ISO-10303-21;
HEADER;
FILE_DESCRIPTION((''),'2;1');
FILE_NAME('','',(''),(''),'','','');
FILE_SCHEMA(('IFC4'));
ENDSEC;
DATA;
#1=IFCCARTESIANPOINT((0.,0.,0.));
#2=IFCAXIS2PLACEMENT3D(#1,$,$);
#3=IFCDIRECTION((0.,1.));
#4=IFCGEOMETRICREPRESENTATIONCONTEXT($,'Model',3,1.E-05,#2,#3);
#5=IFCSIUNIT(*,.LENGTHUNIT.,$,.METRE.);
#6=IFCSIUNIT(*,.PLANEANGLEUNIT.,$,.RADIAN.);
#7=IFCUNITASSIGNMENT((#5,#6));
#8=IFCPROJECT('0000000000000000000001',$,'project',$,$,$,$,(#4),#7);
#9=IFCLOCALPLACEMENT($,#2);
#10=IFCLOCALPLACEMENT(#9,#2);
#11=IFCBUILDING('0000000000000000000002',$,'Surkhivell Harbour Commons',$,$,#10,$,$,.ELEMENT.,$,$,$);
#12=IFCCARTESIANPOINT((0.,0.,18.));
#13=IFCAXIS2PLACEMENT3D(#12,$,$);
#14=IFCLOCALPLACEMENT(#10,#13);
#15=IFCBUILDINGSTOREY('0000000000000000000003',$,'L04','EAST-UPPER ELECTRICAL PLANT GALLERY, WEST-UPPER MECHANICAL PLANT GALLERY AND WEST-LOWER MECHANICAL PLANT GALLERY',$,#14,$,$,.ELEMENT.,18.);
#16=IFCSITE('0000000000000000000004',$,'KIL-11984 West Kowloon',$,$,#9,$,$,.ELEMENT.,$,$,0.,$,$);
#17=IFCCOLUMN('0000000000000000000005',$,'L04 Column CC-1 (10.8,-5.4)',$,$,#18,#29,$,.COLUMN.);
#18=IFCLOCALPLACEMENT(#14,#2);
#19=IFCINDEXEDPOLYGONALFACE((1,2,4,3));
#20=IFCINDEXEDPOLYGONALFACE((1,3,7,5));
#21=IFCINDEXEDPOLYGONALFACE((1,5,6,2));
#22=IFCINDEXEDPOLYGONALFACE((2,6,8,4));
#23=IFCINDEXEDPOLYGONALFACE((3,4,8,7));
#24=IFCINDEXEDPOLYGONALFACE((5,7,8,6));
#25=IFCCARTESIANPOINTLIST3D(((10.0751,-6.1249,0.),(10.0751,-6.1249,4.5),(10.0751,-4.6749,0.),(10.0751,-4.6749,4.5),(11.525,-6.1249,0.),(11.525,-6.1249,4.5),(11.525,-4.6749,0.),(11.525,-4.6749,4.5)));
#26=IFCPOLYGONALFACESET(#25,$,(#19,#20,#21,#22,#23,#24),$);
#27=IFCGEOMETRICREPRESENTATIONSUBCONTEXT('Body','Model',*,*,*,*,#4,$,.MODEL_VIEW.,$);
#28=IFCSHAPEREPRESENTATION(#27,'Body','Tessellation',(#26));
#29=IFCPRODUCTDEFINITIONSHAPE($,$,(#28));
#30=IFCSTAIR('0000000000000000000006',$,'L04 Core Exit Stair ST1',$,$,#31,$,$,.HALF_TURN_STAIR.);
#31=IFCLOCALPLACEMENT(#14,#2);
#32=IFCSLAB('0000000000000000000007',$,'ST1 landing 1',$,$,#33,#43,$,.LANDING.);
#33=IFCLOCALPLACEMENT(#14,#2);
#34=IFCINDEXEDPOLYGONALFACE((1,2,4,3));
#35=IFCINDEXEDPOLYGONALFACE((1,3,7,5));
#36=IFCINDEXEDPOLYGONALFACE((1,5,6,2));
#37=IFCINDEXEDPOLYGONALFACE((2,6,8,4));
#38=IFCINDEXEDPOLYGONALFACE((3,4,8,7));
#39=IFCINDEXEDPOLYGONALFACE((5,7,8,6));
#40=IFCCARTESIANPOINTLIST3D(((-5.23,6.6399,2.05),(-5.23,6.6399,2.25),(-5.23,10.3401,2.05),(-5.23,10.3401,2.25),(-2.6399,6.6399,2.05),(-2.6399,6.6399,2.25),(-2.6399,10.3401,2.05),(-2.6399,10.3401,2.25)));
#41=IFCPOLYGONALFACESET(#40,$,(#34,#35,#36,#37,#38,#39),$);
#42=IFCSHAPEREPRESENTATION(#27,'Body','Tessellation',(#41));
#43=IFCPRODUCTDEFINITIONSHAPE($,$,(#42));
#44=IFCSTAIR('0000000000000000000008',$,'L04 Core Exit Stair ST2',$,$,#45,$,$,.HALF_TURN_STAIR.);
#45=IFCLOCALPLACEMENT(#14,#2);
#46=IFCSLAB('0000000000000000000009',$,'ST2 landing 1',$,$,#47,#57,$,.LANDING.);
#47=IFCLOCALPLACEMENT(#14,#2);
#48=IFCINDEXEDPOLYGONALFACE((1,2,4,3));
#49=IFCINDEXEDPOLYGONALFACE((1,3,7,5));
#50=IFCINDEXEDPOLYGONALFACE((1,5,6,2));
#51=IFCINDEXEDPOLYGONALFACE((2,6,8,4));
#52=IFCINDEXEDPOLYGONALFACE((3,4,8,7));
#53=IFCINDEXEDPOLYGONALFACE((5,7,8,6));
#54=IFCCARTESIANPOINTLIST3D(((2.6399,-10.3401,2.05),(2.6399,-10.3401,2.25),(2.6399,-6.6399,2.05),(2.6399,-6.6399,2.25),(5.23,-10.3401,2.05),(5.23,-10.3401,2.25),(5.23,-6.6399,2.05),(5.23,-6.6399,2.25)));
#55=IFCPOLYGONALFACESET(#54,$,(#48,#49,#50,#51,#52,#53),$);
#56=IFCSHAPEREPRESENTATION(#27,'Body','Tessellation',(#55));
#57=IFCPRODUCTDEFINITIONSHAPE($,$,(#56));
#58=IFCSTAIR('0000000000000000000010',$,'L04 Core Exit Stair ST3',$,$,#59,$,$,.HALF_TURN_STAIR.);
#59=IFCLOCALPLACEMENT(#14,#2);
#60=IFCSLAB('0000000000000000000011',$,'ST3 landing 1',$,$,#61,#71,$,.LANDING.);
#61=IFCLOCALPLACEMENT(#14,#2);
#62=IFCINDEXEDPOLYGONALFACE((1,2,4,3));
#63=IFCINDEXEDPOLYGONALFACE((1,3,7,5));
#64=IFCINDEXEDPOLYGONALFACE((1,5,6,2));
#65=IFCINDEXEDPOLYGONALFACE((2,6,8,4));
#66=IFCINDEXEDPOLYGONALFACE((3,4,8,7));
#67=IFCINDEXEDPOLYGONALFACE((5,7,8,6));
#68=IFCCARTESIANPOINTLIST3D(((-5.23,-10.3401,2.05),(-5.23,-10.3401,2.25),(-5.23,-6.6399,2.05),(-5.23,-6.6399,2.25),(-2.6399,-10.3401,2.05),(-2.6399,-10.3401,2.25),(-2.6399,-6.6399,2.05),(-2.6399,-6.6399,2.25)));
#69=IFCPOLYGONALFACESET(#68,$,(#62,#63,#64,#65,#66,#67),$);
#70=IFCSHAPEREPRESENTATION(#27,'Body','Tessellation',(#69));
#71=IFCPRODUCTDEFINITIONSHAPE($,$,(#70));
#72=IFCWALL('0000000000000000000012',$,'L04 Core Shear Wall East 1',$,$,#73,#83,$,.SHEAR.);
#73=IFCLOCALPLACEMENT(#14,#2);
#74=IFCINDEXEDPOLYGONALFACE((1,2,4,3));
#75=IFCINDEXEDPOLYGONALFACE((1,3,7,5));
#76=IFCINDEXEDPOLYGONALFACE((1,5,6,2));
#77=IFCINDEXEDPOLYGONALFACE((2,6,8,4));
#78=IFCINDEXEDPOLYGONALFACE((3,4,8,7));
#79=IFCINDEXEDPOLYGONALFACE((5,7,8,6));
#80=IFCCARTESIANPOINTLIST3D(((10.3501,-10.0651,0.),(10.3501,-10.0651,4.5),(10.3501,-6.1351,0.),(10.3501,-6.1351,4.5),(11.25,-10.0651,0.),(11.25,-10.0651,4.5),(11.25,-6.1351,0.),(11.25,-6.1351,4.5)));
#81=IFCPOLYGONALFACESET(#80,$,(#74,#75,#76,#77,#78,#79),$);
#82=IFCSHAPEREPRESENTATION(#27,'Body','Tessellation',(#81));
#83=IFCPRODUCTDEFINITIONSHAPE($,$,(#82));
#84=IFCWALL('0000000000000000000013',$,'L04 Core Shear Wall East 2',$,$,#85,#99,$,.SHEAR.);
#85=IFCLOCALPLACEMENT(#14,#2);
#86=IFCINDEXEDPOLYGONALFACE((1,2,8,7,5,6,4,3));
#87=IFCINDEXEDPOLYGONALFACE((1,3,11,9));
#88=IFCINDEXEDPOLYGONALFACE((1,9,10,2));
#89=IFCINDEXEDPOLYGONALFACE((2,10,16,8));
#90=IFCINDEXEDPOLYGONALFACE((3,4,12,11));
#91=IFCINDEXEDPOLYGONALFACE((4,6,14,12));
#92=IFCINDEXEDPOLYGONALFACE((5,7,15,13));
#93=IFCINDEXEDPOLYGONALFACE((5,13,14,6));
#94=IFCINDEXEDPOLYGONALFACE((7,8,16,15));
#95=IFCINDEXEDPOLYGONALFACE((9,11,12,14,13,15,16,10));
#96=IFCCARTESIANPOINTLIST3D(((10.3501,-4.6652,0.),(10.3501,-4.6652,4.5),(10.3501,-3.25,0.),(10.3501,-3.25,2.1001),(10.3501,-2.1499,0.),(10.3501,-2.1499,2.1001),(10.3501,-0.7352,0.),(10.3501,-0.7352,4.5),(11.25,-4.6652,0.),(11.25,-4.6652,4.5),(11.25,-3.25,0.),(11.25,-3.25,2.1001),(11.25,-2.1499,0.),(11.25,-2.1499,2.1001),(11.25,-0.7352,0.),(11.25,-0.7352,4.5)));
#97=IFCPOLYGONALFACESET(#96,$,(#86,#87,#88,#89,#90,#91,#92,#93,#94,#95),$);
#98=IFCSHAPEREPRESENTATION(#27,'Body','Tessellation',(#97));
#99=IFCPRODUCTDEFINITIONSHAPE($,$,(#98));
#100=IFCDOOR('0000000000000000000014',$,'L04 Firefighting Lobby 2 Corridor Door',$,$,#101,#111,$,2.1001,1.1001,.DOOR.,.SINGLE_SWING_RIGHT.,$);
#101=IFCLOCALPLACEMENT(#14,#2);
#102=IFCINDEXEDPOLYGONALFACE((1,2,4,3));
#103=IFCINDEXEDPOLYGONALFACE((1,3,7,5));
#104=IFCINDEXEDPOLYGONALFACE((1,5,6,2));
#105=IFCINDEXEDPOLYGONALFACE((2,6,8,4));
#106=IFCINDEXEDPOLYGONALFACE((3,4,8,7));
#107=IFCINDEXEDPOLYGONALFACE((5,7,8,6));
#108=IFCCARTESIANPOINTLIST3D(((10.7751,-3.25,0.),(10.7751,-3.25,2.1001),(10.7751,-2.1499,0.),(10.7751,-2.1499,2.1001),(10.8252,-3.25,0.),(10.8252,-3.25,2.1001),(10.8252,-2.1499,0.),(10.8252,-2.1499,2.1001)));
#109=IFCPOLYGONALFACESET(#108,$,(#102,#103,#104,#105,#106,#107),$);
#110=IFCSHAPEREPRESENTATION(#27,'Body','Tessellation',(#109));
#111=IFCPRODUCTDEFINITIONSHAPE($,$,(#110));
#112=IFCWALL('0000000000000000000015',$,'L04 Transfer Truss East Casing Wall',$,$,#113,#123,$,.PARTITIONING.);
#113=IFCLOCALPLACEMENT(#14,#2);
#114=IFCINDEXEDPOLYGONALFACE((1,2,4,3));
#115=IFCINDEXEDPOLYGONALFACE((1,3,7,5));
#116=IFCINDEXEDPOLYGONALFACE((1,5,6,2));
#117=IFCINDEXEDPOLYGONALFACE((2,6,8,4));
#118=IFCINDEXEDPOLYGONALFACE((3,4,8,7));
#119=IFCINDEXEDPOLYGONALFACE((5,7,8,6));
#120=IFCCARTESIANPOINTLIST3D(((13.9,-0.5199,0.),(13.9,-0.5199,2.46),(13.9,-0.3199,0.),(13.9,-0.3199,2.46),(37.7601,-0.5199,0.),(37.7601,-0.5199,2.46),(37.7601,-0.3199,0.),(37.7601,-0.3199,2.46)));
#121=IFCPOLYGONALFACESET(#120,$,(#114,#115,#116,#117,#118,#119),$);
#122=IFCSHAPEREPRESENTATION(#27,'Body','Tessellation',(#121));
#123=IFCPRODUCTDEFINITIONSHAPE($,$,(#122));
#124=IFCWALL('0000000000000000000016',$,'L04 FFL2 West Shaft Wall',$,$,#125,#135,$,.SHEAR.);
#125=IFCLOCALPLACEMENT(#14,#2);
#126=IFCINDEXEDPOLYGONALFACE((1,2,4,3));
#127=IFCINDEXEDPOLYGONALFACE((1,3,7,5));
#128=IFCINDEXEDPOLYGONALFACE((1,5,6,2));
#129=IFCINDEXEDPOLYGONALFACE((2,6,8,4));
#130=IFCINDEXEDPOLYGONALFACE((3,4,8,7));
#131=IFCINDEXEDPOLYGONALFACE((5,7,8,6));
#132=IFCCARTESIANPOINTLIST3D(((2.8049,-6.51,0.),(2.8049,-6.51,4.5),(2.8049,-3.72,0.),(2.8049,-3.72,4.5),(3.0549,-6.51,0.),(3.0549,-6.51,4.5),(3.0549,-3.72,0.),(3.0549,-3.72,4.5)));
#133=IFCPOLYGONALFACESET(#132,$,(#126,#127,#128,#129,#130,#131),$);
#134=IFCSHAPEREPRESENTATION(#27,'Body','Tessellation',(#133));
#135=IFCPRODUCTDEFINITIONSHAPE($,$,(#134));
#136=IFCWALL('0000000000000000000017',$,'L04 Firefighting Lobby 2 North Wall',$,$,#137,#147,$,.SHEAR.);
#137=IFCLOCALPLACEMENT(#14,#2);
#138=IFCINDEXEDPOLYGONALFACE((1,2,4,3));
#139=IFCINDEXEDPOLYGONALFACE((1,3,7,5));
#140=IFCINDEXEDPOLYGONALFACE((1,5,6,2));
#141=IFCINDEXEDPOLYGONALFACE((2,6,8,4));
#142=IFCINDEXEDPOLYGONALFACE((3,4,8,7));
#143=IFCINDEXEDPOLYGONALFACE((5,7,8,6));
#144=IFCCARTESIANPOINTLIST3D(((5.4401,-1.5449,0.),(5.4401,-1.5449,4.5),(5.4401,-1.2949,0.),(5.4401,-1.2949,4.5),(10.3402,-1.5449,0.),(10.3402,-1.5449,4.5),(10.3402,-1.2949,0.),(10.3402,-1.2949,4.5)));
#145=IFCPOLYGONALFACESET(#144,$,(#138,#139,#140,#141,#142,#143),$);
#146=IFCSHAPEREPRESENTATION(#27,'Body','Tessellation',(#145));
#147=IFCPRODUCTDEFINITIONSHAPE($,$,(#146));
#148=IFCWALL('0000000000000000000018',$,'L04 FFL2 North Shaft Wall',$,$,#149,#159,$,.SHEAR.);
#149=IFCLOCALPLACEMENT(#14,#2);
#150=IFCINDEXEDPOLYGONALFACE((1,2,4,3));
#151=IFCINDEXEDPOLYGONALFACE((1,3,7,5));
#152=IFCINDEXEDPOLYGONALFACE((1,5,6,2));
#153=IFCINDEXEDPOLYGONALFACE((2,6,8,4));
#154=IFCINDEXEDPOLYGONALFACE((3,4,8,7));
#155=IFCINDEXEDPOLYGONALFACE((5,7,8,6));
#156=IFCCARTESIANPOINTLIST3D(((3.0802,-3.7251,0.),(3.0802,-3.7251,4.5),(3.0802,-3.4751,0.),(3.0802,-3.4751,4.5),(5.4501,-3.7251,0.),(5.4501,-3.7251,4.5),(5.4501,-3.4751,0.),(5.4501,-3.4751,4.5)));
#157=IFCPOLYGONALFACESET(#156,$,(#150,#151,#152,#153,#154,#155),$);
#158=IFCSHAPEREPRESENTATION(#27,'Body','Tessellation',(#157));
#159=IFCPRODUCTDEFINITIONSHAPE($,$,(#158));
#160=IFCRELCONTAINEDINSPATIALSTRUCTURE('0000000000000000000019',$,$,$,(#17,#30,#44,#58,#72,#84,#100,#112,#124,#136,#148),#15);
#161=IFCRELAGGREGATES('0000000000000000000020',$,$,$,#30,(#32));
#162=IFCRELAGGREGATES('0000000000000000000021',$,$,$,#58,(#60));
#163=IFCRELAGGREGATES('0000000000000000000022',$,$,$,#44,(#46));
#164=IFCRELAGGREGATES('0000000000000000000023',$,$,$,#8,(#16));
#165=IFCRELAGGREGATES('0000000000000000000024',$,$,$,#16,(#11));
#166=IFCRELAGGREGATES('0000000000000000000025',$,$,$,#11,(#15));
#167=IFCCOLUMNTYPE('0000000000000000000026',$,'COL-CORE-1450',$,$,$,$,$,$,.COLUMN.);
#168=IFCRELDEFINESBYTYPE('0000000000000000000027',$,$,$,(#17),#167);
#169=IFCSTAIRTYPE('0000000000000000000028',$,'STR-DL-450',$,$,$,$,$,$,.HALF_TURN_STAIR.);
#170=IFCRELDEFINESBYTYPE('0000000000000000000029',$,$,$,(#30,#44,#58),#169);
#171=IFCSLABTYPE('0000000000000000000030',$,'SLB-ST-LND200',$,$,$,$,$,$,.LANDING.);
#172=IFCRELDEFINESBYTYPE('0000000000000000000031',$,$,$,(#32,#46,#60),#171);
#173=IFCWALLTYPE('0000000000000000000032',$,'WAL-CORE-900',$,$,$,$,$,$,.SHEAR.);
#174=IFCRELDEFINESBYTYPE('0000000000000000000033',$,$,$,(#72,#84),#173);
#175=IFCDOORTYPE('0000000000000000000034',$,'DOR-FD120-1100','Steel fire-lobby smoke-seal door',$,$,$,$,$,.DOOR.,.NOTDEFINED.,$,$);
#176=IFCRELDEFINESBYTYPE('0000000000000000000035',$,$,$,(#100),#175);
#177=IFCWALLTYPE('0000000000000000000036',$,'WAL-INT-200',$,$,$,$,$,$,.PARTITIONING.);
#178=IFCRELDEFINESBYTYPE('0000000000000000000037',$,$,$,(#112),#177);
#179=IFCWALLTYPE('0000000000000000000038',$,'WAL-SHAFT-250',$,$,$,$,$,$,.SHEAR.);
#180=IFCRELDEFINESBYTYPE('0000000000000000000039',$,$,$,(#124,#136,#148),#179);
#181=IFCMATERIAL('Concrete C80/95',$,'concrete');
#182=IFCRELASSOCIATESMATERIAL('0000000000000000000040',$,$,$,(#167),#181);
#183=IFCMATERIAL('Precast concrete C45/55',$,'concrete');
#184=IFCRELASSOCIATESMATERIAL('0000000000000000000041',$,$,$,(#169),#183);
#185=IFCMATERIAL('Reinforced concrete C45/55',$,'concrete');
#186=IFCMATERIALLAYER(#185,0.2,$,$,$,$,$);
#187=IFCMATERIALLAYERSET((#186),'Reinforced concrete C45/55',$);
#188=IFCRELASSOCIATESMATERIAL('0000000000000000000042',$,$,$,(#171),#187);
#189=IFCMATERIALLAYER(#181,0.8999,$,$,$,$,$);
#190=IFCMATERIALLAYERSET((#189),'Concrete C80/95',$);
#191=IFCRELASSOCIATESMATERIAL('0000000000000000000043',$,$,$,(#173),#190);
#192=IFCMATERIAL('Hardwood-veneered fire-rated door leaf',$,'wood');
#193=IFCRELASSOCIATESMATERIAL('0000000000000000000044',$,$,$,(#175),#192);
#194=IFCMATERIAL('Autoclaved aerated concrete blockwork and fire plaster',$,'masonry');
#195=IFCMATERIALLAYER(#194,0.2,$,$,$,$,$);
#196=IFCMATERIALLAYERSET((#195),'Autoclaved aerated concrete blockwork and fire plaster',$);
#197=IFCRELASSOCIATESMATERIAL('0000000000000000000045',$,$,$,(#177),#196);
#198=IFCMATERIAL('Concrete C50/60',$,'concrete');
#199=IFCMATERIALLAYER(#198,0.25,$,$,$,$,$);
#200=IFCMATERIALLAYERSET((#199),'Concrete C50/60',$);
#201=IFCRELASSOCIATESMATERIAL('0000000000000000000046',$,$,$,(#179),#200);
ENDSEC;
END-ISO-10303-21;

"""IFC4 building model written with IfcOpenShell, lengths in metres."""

from ifc_helpers import new_model, si_unit, direction, frame, frame_2d, origin, origin_2d, place, context, subcontext, project, spatial, polyline, rectangle, outline, extrude, material, layer, layer_set, material_profile, profile_set, type_object, element, fill, aggregate, save


model = new_model("IFC4")

# Units and contexts
model_context = context("Model", 3, precision=1e-05, world=origin(), true_north=direction((0.0, 1.0)))
body_context = subcontext(model_context, "Body", "Model", "MODEL_VIEW")
ifc_project = project(units=[si_unit("LENGTHUNIT", "METRE"), si_unit("PLANEANGLEUNIT", "RADIAN")], contexts=[model_context])

# Site, building, storey
site_placement = place(None, origin())
site = spatial("IfcSite", under=ifc_project, at=site_placement, Name="KIL-11984 West Kowloon", CompositionType="ELEMENT", RefElevation=0.0)
building_placement = place(site_placement, origin())
building = spatial("IfcBuilding", under=site, at=building_placement, Name="Surkhivell Harbour Commons", CompositionType="ELEMENT")
storey_placement = place(building_placement, frame((0.0, 0.0, 18.0)))
storey = spatial("IfcBuildingStorey", under=building, at=storey_placement, Name="L04", Description="EAST-UPPER ELECTRICAL PLANT GALLERY, WEST-UPPER MECHANICAL PLANT GALLERY AND WEST-LOWER MECHANICAL PLANT GALLERY", CompositionType="ELEMENT", Elevation=18.0)

# Column
ifc_material_1 = material(Name="Concrete C80/95", Category="concrete")
ifc_material_profile = material_profile(ifc_material_1, rectangle(XDim=1.45, YDim=1.45, at=origin_2d()), Name="RC-COL-1450x1450")
ifc_profile_set = profile_set([ifc_material_profile], Name="Concrete C80/95")
column_type = type_object("IfcColumnType", Name="COL-CORE-1450", PredefinedType="COLUMN", material=ifc_profile_set)
column_placement = place(storey_placement, frame((10.8, -5.3999, 0.0), z_axis=(0.0, 0.0, 1.0), x_axis=(1.0, 0.0, 0.0)))
element("IfcColumn", 1, at=column_placement, inside=storey, type_object=column_type, Name="L04 Column CC-1 (10.8,-5.4)", PredefinedType="COLUMN", context=body_context, shape_type="SweptSolid", body=[
    extrude(rectangle(XDim=1.45, YDim=1.45, at=origin_2d()), origin(), (0.0, 0.0, 1.0), 4.5),
])

# Stairs, slabs
ifc_material_2 = material(Name="Precast concrete C45/55", Category="concrete")
stair_type = type_object("IfcStairType", Name="STR-DL-450", PredefinedType="HALF_TURN_STAIR", material=ifc_material_2)
stair_1_placement = place(storey_placement, origin())
stair_1 = element("IfcStair", 2, at=stair_1_placement, inside=storey, type_object=stair_type, Name="L04 Core Exit Stair ST1", PredefinedType="HALF_TURN_STAIR")
ifc_material_3 = material(Name="Reinforced concrete C45/55", Category="concrete")
ifc_layer_1 = layer(ifc_material_3, 0.2)
ifc_layer_set_1 = layer_set([ifc_layer_1], Name="Reinforced concrete C45/55")
slab_type = type_object("IfcSlabType", Name="SLB-ST-LND200", PredefinedType="LANDING", material=ifc_layer_set_1)
slab_1_placement = place(storey_placement, frame((0.0, 0.0, 2.05)))
slab_1 = element("IfcSlab", 3, at=slab_1_placement, type_object=slab_type, Name="ST1 landing 1", PredefinedType="LANDING", context=body_context, shape_type="SweptSolid", body=[
    extrude(outline(polyline([(-5.23, 6.6399), (-2.6399, 6.6399), (-2.6399, 10.3401), (-5.23, 10.3401), (-5.23, 6.6399)])), origin(), (0.0, 0.0, 1.0), 0.2),
])
aggregate(stair_1, [slab_1])
stair_2_placement = place(storey_placement, origin())
stair_2 = element("IfcStair", 4, at=stair_2_placement, inside=storey, type_object=stair_type, Name="L04 Core Exit Stair ST2", PredefinedType="HALF_TURN_STAIR")
slab_2_placement = place(storey_placement, frame((0.0, 0.0, 2.05)))
slab_2 = element("IfcSlab", 5, at=slab_2_placement, type_object=slab_type, Name="ST2 landing 1", PredefinedType="LANDING", context=body_context, shape_type="SweptSolid", body=[
    extrude(outline(polyline([(5.23, -6.6399), (2.6399, -6.6399), (2.6399, -10.3401), (5.23, -10.3401), (5.23, -6.6399)])), origin(), (0.0, 0.0, 1.0), 0.2),
])
stair_3_placement = place(storey_placement, origin())
stair_3 = element("IfcStair", 6, at=stair_3_placement, inside=storey, type_object=stair_type, Name="L04 Core Exit Stair ST3", PredefinedType="HALF_TURN_STAIR")
slab_3_placement = place(storey_placement, frame((0.0, 0.0, 2.05)))
slab_3 = element("IfcSlab", 7, at=slab_3_placement, type_object=slab_type, Name="ST3 landing 1", PredefinedType="LANDING", context=body_context, shape_type="SweptSolid", body=[
    extrude(outline(polyline([(-5.23, -10.3401), (-2.6399, -10.3401), (-2.6399, -6.6399), (-5.23, -6.6399), (-5.23, -10.3401)])), origin(), (0.0, 0.0, 1.0), 0.2),
])
aggregate(stair_3, [slab_3])

# Wall
ifc_layer_2 = layer(ifc_material_1, 0.8999)
ifc_layer_set_2 = layer_set([ifc_layer_2], Name="Concrete C80/95")
wall_type_1 = type_object("IfcWallType", Name="WAL-CORE-900", PredefinedType="SHEAR", material=ifc_layer_set_2)
wall_1_placement = place(storey_placement, frame((10.8, -10.0649, 0.0), z_axis=(0.0, 0.0, 1.0), x_axis=(0.0, 1.0, 0.0)))
element("IfcWall", 8, at=wall_1_placement, inside=storey, type_object=wall_type_1, Name="L04 Core Shear Wall East 1", PredefinedType="SHEAR", context=body_context, shape_type="SweptSolid", body=[
    extrude(rectangle(XDim=3.9299, YDim=0.8999, at=frame_2d((1.9648, 0.0))), origin(), (0.0, 0.0, 1.0), 4.5),
])

# Wall, opening, door
wall_2_placement = place(storey_placement, frame((10.8, -4.665, 0.0), z_axis=(0.0, 0.0, 1.0), x_axis=(0.0, 1.0, 0.0)))
wall_2 = element("IfcWall", 9, at=wall_2_placement, inside=storey, type_object=wall_type_1, Name="L04 Core Shear Wall East 2", PredefinedType="SHEAR", context=body_context, shape_type="SweptSolid", body=[
    extrude(rectangle(XDim=3.9299, YDim=0.8999, at=frame_2d((1.9648, 0.0))), origin(), (0.0, 0.0, 1.0), 4.5),
])
opening_1_placement = place(wall_2_placement, frame((1.415, 0.0, 0.0)))
opening_1 = element("IfcOpeningElement", 10, at=opening_1_placement, cuts=wall_2, PredefinedType="OPENING", context=body_context, shape_type="SweptSolid", body=[
    extrude(rectangle(XDim=1.1001, YDim=2.1001, at=frame_2d((0.55, 1.05))), frame((0.0, 0.46, 0.0), z_axis=(0.0, -1.0, 0.0), x_axis=(1.0, 0.0, 0.0)), (0.0, 0.0, 1.0), 0.9199),
])
ifc_material_4 = material(Name="Hardwood-veneered fire-rated door leaf", Category="wood")
door_type_1 = type_object("IfcDoorType", Name="DOR-FD120-1100", Description="Steel fire-lobby smoke-seal door", OperationType="NOTDEFINED", PredefinedType="DOOR", material=ifc_material_4)
door_1_placement = place(opening_1_placement, origin())
door_1 = element("IfcDoor", 11, at=door_1_placement, inside=storey, type_object=door_type_1, Name="L04 Firefighting Lobby 2 Corridor Door", OperationType="SINGLE_SWING_RIGHT", OverallHeight=2.1001, OverallWidth=1.1001, PredefinedType="DOOR", context=body_context, shape_type="SweptSolid", body=[
    extrude(rectangle(XDim=1.1001, YDim=2.1001, at=frame_2d((0.55, 1.05))), frame((0.0, 0.0249, 0.0), z_axis=(0.0, -1.0, 0.0), x_axis=(1.0, 0.0, 0.0)), (0.0, 0.0, 1.0), 0.05),
])
fill(opening_1, door_1)

# Walls
ifc_material_5 = material(Name="Autoclaved aerated concrete blockwork and fire plaster", Category="masonry")
ifc_layer_3 = layer(ifc_material_5, 0.2)
ifc_layer_set_3 = layer_set([ifc_layer_3], Name="Autoclaved aerated concrete blockwork and fire plaster")
wall_type_2 = type_object("IfcWallType", Name="WAL-INT-200", PredefinedType="PARTITIONING", material=ifc_layer_set_3)
wall_3_placement = place(storey_placement, frame((13.8999, -0.4199, 0.0), z_axis=(0.0, 0.0, 1.0), x_axis=(1.0, 0.0, 0.0)))
element("IfcWall", 12, at=wall_3_placement, inside=storey, type_object=wall_type_2, Name="L04 Transfer Truss East Casing Wall", PredefinedType="PARTITIONING", context=body_context, shape_type="SweptSolid", body=[
    extrude(rectangle(XDim=23.8601, YDim=0.2, at=frame_2d((11.9302, 0.0))), origin(), (0.0, 0.0, 1.0), 2.46),
])
ifc_material_6 = material(Name="Concrete C50/60", Category="concrete")
ifc_layer_4 = layer(ifc_material_6, 0.25)
ifc_layer_set_4 = layer_set([ifc_layer_4], Name="Concrete C50/60")
wall_type_3 = type_object("IfcWallType", Name="WAL-SHAFT-250", PredefinedType="SHEAR", material=ifc_layer_set_4)
wall_4_placement = place(storey_placement, frame((2.9299, -6.51, 0.0), z_axis=(0.0, 0.0, 1.0), x_axis=(0.0, 1.0, 0.0)))
element("IfcWall", 13, at=wall_4_placement, inside=storey, type_object=wall_type_3, Name="L04 FFL2 West Shaft Wall", PredefinedType="SHEAR", context=body_context, shape_type="SweptSolid", body=[
    extrude(rectangle(XDim=2.79, YDim=0.25, at=frame_2d((1.395, 0.0))), origin(), (0.0, 0.0, 1.0), 4.5),
])
wall_5_placement = place(storey_placement, frame((5.4399, -1.4199, 0.0), z_axis=(0.0, 0.0, 1.0), x_axis=(1.0, 0.0, 0.0)))
element("IfcWall", 14, at=wall_5_placement, inside=storey, type_object=wall_type_3, Name="L04 Firefighting Lobby 2 North Wall", PredefinedType="SHEAR", context=body_context, shape_type="SweptSolid", body=[
    extrude(rectangle(XDim=4.9001, YDim=0.25, at=frame_2d((2.4502, 0.0))), origin(), (0.0, 0.0, 1.0), 4.5),
])
wall_6_placement = place(storey_placement, frame((3.0801, -3.6001, 0.0), z_axis=(0.0, 0.0, 1.0), x_axis=(1.0, 0.0, 0.0)))
element("IfcWall", 15, at=wall_6_placement, inside=storey, type_object=wall_type_3, Name="L04 FFL2 North Shaft Wall", PredefinedType="SHEAR", context=body_context, shape_type="SweptSolid", body=[
    extrude(rectangle(XDim=2.3699, YDim=0.25, at=frame_2d((1.1851, 0.0))), origin(), (0.0, 0.0, 1.0), 4.5),
])

aggregate(stair_2, [slab_2])

save(model, "model.ifc")
